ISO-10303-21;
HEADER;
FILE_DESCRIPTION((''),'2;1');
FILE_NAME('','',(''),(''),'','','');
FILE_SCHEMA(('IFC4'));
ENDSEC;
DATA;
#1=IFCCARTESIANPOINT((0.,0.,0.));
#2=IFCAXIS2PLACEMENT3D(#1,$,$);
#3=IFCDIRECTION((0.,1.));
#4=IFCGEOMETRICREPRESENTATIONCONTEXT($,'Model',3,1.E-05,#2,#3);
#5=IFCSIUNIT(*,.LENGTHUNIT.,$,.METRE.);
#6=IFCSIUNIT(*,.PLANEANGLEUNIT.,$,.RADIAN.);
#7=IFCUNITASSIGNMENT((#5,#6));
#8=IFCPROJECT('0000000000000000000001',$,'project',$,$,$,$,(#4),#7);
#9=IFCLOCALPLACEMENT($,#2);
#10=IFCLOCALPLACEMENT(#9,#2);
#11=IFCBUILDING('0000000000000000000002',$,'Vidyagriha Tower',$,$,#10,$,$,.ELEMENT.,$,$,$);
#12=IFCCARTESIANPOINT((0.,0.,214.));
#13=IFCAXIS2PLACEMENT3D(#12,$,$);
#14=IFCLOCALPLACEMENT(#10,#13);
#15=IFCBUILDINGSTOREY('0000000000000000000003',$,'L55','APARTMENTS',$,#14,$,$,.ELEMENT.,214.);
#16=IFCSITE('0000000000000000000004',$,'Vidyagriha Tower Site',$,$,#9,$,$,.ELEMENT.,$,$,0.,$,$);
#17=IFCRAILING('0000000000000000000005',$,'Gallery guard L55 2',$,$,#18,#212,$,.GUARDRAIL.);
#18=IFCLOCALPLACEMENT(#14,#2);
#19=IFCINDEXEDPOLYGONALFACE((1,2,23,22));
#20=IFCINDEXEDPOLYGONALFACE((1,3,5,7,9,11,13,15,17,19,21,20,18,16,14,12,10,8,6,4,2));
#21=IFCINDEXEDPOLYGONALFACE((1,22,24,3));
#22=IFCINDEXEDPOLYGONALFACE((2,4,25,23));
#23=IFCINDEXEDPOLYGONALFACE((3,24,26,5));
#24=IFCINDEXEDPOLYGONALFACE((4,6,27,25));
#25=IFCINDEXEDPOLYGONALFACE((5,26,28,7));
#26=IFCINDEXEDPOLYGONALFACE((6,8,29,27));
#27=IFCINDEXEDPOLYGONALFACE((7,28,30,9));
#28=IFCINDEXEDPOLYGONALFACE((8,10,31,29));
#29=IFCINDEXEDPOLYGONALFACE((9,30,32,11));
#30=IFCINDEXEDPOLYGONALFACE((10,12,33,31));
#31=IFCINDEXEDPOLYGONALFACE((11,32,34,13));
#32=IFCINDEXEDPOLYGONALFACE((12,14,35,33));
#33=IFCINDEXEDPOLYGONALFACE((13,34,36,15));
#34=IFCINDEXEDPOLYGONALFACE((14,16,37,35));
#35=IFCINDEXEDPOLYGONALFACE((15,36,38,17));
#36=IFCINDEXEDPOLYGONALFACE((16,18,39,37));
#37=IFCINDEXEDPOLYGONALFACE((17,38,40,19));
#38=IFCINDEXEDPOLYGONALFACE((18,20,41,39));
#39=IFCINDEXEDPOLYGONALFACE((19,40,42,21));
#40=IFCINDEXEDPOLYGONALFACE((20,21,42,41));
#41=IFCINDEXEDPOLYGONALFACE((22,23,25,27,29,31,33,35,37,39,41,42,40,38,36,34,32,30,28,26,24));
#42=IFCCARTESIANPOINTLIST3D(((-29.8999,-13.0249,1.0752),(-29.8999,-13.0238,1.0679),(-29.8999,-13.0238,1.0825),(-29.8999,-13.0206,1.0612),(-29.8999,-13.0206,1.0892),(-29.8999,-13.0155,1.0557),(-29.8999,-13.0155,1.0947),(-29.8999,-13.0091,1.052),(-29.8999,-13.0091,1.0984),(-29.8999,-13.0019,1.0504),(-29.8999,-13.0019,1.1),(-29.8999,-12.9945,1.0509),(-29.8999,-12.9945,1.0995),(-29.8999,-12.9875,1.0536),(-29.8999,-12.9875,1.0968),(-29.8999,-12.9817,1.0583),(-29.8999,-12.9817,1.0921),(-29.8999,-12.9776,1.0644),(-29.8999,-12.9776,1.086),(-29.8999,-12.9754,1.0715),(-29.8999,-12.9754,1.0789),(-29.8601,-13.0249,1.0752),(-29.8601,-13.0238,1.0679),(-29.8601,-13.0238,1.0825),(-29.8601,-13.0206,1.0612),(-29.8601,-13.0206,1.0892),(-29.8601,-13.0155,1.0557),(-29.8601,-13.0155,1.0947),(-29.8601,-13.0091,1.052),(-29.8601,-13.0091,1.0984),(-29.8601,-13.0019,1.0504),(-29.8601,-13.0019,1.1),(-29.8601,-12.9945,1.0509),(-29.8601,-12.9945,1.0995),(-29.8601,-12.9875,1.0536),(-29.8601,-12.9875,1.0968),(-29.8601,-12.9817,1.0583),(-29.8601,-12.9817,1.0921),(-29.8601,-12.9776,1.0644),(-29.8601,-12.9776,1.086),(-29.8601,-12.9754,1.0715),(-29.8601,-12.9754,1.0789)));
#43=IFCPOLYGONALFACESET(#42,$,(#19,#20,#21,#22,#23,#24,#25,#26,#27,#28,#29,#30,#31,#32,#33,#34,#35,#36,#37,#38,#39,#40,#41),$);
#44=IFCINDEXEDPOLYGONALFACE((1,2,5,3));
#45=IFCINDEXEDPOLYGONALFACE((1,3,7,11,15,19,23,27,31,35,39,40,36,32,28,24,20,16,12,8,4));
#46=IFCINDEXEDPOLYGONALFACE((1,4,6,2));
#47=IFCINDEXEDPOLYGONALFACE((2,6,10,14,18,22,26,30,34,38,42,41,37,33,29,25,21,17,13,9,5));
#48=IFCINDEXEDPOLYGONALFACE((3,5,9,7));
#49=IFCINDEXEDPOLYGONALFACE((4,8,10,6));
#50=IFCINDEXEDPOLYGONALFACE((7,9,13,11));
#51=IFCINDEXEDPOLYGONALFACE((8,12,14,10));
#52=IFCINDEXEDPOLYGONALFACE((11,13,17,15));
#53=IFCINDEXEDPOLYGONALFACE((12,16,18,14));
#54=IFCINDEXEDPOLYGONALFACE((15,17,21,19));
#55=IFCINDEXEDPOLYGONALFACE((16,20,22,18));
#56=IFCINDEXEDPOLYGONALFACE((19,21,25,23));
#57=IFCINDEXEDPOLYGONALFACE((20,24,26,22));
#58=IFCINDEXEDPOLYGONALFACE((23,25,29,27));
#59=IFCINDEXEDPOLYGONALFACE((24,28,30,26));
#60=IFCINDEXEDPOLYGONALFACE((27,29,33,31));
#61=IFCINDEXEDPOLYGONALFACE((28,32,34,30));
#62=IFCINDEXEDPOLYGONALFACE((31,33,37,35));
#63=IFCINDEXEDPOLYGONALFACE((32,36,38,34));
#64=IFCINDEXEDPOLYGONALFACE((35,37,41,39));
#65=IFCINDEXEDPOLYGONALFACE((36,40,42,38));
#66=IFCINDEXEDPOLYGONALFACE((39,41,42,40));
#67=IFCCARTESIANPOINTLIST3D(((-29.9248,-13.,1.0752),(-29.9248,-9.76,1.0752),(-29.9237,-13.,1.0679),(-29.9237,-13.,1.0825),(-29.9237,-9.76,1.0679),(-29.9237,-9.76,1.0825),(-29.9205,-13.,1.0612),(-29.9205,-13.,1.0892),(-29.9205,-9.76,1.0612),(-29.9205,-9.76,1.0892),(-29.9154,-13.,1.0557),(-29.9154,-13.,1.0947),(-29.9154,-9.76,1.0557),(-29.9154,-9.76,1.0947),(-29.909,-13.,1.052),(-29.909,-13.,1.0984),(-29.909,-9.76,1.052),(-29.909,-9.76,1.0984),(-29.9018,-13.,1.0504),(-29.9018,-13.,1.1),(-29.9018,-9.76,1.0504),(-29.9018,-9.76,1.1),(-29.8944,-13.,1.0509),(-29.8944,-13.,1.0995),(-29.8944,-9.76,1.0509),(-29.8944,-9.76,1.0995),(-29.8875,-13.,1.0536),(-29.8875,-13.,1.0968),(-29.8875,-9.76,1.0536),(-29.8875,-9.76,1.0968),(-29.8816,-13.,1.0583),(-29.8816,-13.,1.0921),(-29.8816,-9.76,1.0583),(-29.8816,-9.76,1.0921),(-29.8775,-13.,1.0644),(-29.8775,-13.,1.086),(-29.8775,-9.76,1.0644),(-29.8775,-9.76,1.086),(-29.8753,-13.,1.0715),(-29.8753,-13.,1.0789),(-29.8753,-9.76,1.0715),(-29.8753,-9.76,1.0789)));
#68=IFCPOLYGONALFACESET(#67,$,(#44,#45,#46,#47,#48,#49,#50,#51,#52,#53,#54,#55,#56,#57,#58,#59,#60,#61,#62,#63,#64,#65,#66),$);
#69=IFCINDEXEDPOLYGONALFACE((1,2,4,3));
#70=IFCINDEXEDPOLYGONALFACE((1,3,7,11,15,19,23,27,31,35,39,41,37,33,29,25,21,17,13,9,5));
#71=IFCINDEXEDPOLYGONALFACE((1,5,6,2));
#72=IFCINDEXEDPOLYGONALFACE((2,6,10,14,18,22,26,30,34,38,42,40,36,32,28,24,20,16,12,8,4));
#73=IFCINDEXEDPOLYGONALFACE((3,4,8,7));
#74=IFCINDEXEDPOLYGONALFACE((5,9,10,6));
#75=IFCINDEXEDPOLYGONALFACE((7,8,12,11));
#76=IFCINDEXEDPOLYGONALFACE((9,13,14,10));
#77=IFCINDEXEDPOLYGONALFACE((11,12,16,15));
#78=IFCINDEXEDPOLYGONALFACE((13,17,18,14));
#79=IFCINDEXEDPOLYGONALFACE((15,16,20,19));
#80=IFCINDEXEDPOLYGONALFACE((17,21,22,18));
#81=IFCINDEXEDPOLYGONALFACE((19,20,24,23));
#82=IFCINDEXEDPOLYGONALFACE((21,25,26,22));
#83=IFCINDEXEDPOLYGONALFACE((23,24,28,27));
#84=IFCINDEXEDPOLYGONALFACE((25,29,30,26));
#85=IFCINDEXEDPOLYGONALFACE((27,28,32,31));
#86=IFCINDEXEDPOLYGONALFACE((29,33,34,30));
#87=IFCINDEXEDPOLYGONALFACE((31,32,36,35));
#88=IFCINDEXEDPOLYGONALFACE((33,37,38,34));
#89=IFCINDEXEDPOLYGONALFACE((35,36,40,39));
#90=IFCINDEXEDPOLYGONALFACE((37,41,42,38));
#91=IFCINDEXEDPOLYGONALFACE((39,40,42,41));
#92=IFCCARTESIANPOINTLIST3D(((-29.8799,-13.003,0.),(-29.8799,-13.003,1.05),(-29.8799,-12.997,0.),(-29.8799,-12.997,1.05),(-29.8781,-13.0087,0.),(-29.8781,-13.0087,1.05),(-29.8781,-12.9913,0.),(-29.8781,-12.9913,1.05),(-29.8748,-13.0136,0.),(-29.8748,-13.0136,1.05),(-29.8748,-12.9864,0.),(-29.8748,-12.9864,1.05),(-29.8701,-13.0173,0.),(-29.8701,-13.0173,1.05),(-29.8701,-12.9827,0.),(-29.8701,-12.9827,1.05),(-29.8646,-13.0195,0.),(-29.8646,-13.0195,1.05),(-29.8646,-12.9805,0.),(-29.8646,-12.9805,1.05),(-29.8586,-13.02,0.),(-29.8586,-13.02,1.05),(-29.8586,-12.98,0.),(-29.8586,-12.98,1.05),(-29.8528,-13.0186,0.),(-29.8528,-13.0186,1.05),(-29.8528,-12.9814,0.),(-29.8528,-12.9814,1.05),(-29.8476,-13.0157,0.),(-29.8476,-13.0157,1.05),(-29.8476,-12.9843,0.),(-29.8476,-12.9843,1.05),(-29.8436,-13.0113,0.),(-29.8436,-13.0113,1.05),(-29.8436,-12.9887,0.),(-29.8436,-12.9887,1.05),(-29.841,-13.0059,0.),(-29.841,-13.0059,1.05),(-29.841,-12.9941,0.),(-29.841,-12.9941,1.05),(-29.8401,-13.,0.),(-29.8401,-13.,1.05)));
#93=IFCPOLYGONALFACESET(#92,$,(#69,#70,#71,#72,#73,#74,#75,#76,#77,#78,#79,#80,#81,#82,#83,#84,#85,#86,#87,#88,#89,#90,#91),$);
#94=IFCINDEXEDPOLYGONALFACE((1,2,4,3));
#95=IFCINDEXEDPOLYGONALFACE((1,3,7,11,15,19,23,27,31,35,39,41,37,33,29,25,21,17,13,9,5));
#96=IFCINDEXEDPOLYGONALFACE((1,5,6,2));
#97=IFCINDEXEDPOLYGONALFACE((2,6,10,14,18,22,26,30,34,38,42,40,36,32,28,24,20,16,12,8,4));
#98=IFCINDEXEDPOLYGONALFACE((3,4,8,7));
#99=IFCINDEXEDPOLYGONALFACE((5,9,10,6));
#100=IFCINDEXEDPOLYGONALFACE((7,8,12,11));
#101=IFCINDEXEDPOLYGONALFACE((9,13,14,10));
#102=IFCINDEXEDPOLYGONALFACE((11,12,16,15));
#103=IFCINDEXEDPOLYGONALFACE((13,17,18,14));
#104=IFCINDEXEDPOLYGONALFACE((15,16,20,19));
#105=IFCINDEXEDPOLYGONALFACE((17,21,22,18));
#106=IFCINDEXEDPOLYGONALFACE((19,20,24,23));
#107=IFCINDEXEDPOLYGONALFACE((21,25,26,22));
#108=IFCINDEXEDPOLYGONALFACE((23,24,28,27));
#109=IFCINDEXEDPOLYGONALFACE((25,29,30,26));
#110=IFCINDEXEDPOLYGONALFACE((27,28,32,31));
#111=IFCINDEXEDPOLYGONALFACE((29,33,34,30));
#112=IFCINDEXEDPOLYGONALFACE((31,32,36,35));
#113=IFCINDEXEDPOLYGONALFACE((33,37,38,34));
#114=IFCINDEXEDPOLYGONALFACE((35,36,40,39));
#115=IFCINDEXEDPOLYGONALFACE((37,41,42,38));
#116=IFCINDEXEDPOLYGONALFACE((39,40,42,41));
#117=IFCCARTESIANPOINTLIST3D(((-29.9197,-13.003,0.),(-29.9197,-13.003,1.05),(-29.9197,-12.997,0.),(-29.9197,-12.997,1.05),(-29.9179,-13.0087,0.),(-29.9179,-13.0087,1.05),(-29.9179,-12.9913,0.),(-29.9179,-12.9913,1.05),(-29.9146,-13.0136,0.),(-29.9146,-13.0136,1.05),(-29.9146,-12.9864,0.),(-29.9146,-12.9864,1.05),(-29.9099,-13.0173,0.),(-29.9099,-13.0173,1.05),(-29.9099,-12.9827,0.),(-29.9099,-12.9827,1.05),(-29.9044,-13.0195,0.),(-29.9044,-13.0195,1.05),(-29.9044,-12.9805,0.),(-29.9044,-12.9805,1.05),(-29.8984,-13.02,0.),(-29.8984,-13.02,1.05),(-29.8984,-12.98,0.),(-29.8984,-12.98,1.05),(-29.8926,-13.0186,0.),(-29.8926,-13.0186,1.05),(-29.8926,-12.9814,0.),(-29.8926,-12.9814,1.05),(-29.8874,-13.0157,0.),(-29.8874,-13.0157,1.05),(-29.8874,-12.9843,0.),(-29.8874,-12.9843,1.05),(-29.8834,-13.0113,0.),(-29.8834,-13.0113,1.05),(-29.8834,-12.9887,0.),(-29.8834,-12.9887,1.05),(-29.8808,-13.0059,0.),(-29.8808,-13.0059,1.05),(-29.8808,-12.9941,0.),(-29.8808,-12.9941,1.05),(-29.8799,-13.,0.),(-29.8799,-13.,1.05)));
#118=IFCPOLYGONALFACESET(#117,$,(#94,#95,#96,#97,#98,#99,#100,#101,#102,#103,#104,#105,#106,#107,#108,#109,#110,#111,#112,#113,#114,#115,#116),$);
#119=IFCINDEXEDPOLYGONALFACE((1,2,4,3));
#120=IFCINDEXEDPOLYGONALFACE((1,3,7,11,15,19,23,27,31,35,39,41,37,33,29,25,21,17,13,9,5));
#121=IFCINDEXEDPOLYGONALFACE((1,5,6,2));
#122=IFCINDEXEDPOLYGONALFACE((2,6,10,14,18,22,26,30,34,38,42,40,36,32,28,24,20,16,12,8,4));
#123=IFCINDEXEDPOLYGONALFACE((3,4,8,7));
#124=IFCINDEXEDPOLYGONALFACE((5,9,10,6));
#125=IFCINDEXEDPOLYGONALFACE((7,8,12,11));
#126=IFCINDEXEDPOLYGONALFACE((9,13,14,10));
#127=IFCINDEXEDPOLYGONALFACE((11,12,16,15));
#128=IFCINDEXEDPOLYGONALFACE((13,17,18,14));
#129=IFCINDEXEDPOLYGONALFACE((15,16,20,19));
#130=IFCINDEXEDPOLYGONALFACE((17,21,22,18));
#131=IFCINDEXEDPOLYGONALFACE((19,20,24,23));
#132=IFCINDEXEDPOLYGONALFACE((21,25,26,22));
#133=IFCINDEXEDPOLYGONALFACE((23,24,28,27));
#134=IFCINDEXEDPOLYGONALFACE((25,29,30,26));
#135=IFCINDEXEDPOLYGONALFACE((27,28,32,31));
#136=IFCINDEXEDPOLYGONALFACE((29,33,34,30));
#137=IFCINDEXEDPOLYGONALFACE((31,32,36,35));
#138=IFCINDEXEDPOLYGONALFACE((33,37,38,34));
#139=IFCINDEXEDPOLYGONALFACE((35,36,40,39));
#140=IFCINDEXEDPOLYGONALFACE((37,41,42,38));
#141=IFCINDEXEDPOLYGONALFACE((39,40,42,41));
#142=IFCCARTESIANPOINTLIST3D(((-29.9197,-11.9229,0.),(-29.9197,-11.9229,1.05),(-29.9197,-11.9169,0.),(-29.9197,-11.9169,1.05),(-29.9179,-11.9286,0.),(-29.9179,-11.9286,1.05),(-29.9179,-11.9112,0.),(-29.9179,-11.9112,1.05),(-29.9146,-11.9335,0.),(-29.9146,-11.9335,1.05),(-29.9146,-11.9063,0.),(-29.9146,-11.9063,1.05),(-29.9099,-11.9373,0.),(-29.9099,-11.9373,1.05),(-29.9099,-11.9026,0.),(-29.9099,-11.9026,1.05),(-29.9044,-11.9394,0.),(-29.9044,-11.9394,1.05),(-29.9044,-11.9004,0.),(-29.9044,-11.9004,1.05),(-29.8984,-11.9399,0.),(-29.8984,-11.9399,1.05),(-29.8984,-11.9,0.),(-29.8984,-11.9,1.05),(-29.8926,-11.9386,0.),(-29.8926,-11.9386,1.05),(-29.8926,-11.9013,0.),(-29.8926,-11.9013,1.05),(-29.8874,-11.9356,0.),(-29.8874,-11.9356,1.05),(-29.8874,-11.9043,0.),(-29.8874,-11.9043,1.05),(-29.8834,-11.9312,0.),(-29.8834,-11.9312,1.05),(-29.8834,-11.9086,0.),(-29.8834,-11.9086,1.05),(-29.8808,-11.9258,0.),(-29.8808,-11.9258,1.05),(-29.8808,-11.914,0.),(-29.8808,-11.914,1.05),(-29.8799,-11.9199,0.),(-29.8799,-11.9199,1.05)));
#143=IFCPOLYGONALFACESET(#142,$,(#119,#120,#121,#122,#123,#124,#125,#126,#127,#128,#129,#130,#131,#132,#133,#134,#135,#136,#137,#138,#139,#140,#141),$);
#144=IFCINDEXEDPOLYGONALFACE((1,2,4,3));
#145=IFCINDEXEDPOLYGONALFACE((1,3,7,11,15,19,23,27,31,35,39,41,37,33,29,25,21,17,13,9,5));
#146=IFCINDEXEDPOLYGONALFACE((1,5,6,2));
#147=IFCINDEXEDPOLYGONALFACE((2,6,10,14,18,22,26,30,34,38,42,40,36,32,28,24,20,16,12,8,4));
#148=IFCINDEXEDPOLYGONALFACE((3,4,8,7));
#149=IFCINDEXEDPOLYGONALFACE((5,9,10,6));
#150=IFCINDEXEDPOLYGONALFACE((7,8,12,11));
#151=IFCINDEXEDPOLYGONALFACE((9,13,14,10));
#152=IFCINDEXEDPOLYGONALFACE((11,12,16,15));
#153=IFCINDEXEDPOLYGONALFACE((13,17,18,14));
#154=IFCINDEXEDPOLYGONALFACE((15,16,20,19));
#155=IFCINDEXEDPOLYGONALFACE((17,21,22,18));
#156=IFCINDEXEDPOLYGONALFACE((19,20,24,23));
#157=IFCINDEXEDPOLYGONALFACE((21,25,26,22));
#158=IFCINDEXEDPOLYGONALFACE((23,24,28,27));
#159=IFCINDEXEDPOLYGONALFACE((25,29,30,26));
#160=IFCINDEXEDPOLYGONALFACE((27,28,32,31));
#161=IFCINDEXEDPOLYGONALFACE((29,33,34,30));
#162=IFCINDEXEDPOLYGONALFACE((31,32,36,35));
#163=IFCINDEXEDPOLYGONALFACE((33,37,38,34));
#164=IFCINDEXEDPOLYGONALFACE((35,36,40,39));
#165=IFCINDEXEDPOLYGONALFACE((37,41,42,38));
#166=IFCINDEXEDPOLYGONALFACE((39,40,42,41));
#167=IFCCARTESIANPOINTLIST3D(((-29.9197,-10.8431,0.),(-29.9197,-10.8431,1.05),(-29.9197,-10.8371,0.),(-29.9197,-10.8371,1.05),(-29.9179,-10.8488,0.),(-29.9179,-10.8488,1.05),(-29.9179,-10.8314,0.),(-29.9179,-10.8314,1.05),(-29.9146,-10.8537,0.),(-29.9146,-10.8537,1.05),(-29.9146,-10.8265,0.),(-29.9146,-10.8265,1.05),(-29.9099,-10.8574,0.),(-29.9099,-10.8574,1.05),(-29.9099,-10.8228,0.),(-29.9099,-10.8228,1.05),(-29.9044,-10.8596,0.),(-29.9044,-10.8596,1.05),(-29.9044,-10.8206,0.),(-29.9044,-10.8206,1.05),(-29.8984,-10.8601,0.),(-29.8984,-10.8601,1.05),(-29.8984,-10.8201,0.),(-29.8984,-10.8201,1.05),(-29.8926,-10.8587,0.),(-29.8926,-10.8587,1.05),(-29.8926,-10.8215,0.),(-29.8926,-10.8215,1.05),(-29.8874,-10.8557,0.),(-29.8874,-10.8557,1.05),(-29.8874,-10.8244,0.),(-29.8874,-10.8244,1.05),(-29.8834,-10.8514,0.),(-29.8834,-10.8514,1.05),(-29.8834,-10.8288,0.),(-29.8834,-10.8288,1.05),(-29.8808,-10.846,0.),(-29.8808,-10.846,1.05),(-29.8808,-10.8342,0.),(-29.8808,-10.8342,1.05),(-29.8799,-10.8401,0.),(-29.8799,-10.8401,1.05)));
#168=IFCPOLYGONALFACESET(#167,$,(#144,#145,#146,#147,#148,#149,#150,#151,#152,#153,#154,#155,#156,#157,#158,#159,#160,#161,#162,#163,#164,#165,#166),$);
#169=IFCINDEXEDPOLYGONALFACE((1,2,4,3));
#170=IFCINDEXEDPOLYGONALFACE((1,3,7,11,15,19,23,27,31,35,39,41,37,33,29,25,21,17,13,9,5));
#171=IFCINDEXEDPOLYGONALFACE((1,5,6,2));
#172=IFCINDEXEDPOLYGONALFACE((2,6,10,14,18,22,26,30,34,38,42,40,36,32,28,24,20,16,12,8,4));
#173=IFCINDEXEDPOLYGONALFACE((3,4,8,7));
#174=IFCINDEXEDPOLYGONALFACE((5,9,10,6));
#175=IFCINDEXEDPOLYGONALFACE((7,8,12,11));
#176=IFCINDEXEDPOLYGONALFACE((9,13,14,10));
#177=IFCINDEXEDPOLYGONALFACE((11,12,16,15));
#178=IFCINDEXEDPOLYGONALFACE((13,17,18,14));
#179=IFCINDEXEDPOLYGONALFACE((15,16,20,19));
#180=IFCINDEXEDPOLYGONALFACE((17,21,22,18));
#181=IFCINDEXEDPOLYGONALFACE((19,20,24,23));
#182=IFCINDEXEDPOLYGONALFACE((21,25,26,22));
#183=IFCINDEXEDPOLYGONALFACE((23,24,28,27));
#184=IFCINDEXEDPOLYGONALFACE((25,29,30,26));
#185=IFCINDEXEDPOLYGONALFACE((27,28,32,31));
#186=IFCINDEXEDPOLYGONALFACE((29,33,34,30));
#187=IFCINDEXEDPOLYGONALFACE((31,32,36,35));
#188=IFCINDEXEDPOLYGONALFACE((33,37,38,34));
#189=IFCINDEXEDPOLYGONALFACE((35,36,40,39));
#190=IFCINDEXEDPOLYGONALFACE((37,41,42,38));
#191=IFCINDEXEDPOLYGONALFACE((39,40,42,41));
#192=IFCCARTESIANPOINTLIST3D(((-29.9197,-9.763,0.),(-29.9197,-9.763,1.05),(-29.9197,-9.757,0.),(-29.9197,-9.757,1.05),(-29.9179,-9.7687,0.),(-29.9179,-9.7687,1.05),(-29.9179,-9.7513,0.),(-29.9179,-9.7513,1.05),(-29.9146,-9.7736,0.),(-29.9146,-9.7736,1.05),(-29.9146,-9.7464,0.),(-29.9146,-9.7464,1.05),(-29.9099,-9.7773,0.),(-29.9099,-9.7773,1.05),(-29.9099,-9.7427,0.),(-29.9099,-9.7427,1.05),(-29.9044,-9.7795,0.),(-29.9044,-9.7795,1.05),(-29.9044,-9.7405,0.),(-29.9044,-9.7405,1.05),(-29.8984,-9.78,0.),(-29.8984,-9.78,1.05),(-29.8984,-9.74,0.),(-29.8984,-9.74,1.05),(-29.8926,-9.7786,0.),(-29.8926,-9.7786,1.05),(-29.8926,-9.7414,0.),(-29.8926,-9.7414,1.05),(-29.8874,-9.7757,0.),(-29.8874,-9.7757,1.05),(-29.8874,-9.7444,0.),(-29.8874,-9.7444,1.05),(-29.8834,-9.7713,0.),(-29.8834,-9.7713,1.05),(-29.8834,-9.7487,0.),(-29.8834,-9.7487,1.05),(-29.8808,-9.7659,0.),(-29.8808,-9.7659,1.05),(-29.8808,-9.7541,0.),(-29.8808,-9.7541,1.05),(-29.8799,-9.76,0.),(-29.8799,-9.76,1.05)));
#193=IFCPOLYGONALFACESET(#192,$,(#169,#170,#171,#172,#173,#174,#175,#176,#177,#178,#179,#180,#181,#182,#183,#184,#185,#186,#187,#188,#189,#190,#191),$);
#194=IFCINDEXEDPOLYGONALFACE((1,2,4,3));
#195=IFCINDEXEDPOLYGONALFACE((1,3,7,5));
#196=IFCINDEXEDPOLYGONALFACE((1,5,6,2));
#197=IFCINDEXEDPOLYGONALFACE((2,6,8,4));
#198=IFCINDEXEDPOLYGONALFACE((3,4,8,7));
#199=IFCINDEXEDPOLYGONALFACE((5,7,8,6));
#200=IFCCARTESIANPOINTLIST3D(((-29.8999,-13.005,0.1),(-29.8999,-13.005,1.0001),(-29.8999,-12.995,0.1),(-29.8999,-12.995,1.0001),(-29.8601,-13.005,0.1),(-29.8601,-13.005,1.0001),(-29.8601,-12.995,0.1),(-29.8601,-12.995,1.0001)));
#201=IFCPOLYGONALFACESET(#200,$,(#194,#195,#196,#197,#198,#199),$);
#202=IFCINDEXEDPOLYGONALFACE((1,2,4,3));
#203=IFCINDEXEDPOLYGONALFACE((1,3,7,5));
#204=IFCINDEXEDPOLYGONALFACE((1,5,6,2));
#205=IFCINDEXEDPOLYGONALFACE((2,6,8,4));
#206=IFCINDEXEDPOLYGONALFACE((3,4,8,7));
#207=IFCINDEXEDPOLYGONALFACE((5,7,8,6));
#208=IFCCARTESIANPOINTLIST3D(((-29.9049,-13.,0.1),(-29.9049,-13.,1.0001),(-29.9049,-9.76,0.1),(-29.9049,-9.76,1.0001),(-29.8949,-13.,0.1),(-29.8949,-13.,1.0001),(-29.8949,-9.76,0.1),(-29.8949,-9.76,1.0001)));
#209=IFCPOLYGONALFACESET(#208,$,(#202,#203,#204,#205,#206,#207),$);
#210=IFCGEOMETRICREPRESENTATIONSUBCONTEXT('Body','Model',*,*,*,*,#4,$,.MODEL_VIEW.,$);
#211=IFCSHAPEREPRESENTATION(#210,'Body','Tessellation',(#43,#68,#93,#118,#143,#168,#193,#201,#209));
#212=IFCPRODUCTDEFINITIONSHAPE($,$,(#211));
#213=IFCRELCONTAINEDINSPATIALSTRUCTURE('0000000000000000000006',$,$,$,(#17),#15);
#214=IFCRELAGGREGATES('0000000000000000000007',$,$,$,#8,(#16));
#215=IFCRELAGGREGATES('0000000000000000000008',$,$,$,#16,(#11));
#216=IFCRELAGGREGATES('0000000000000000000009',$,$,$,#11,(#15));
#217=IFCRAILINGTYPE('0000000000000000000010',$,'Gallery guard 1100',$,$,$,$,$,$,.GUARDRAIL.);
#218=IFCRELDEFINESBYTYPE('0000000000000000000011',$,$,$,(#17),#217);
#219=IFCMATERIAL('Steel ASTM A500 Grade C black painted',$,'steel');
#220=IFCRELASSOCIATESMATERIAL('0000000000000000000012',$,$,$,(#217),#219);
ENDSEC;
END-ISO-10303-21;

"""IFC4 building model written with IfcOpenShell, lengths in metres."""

from ifc_helpers import new_model, si_unit, direction, frame, origin, origin_2d, place, context, subcontext, project, spatial, rectangle, circle, extrude, material, type_object, element, save


model = new_model("IFC4")

# Units and contexts
model_context = context("Model", 3, precision=1e-05, world=origin(), true_north=direction((0.0, 1.0)))
body_context = subcontext(model_context, "Body", "Model", "MODEL_VIEW")
ifc_project = project(units=[si_unit("LENGTHUNIT", "METRE"), si_unit("PLANEANGLEUNIT", "RADIAN")], contexts=[model_context])

# Site, building, storey
site_placement = place(None, origin())
site = spatial("IfcSite", under=ifc_project, at=site_placement, Name="Vidyagriha Tower Site", CompositionType="ELEMENT", RefElevation=0.0)
building_placement = place(site_placement, origin())
building = spatial("IfcBuilding", under=site, at=building_placement, Name="Vidyagriha Tower", CompositionType="ELEMENT")
storey_placement = place(building_placement, frame((0.0, 0.0, 214.0)))
storey = spatial("IfcBuildingStorey", under=building, at=storey_placement, Name="L55", Description="APARTMENTS", CompositionType="ELEMENT", Elevation=214.0)

# Railing
ifc_material_1 = material(Name="Steel ASTM A500 Grade C black painted", Category="steel")
railing_type_1 = type_object("IfcRailingType", Name="Gallery guard 1100", PredefinedType="GUARDRAIL", material=ifc_material_1)
railing_1_placement = place(storey_placement, frame((-29.8601, -13.0, 0.0)))
element("IfcRailing", 1, at=railing_1_placement, inside=storey, type_object=railing_type_1, Name="Gallery guard L55 2", PredefinedType="GUARDRAIL", context=body_context, shape_type="SweptSolid", body=[
    extrude(circle(Radius=0.0249, at=origin_2d()), frame((0.0, 0.0, 1.0752), z_axis=(-1.0, 0.0, 0.0), x_axis=(0.0, -1.0, 0.0)), (0.0, 0.0, 1.0), 0.0398),
    extrude(circle(Radius=0.0249, at=origin_2d()), frame((-0.0398, 0.0, 1.0752), z_axis=(0.0, 1.0, 0.0), x_axis=(-1.0, 0.0, 0.0)), (0.0, 0.0, 1.0), 3.24),
    extrude(circle(Radius=0.02, at=origin_2d()), origin(), (0.0, 0.0, 1.0), 1.05),
    extrude(circle(Radius=0.02, at=origin_2d()), frame((-0.0398, 0.0, 0.0)), (0.0, 0.0, 1.0), 1.05),
    extrude(circle(Radius=0.02, at=origin_2d()), frame((-0.0398, 1.0801, 0.0)), (0.0, 0.0, 1.0), 1.05),
    extrude(circle(Radius=0.02, at=origin_2d()), frame((-0.0398, 2.1599, 0.0)), (0.0, 0.0, 1.0), 1.05),
    extrude(circle(Radius=0.02, at=origin_2d()), frame((-0.0398, 3.24, 0.0)), (0.0, 0.0, 1.0), 1.05),
    extrude(rectangle(XDim=0.01, YDim=0.9001, at=origin_2d()), frame((0.0, 0.0, 0.55), z_axis=(-1.0, 0.0, 0.0), x_axis=(0.0, -1.0, 0.0)), (0.0, 0.0, 1.0), 0.0398),
    extrude(rectangle(XDim=0.01, YDim=0.9001, at=origin_2d()), frame((-0.0398, 0.0, 0.55), z_axis=(0.0, 1.0, 0.0), x_axis=(-1.0, 0.0, 0.0)), (0.0, 0.0, 1.0), 3.24),
])

save(model, "model.ifc")
